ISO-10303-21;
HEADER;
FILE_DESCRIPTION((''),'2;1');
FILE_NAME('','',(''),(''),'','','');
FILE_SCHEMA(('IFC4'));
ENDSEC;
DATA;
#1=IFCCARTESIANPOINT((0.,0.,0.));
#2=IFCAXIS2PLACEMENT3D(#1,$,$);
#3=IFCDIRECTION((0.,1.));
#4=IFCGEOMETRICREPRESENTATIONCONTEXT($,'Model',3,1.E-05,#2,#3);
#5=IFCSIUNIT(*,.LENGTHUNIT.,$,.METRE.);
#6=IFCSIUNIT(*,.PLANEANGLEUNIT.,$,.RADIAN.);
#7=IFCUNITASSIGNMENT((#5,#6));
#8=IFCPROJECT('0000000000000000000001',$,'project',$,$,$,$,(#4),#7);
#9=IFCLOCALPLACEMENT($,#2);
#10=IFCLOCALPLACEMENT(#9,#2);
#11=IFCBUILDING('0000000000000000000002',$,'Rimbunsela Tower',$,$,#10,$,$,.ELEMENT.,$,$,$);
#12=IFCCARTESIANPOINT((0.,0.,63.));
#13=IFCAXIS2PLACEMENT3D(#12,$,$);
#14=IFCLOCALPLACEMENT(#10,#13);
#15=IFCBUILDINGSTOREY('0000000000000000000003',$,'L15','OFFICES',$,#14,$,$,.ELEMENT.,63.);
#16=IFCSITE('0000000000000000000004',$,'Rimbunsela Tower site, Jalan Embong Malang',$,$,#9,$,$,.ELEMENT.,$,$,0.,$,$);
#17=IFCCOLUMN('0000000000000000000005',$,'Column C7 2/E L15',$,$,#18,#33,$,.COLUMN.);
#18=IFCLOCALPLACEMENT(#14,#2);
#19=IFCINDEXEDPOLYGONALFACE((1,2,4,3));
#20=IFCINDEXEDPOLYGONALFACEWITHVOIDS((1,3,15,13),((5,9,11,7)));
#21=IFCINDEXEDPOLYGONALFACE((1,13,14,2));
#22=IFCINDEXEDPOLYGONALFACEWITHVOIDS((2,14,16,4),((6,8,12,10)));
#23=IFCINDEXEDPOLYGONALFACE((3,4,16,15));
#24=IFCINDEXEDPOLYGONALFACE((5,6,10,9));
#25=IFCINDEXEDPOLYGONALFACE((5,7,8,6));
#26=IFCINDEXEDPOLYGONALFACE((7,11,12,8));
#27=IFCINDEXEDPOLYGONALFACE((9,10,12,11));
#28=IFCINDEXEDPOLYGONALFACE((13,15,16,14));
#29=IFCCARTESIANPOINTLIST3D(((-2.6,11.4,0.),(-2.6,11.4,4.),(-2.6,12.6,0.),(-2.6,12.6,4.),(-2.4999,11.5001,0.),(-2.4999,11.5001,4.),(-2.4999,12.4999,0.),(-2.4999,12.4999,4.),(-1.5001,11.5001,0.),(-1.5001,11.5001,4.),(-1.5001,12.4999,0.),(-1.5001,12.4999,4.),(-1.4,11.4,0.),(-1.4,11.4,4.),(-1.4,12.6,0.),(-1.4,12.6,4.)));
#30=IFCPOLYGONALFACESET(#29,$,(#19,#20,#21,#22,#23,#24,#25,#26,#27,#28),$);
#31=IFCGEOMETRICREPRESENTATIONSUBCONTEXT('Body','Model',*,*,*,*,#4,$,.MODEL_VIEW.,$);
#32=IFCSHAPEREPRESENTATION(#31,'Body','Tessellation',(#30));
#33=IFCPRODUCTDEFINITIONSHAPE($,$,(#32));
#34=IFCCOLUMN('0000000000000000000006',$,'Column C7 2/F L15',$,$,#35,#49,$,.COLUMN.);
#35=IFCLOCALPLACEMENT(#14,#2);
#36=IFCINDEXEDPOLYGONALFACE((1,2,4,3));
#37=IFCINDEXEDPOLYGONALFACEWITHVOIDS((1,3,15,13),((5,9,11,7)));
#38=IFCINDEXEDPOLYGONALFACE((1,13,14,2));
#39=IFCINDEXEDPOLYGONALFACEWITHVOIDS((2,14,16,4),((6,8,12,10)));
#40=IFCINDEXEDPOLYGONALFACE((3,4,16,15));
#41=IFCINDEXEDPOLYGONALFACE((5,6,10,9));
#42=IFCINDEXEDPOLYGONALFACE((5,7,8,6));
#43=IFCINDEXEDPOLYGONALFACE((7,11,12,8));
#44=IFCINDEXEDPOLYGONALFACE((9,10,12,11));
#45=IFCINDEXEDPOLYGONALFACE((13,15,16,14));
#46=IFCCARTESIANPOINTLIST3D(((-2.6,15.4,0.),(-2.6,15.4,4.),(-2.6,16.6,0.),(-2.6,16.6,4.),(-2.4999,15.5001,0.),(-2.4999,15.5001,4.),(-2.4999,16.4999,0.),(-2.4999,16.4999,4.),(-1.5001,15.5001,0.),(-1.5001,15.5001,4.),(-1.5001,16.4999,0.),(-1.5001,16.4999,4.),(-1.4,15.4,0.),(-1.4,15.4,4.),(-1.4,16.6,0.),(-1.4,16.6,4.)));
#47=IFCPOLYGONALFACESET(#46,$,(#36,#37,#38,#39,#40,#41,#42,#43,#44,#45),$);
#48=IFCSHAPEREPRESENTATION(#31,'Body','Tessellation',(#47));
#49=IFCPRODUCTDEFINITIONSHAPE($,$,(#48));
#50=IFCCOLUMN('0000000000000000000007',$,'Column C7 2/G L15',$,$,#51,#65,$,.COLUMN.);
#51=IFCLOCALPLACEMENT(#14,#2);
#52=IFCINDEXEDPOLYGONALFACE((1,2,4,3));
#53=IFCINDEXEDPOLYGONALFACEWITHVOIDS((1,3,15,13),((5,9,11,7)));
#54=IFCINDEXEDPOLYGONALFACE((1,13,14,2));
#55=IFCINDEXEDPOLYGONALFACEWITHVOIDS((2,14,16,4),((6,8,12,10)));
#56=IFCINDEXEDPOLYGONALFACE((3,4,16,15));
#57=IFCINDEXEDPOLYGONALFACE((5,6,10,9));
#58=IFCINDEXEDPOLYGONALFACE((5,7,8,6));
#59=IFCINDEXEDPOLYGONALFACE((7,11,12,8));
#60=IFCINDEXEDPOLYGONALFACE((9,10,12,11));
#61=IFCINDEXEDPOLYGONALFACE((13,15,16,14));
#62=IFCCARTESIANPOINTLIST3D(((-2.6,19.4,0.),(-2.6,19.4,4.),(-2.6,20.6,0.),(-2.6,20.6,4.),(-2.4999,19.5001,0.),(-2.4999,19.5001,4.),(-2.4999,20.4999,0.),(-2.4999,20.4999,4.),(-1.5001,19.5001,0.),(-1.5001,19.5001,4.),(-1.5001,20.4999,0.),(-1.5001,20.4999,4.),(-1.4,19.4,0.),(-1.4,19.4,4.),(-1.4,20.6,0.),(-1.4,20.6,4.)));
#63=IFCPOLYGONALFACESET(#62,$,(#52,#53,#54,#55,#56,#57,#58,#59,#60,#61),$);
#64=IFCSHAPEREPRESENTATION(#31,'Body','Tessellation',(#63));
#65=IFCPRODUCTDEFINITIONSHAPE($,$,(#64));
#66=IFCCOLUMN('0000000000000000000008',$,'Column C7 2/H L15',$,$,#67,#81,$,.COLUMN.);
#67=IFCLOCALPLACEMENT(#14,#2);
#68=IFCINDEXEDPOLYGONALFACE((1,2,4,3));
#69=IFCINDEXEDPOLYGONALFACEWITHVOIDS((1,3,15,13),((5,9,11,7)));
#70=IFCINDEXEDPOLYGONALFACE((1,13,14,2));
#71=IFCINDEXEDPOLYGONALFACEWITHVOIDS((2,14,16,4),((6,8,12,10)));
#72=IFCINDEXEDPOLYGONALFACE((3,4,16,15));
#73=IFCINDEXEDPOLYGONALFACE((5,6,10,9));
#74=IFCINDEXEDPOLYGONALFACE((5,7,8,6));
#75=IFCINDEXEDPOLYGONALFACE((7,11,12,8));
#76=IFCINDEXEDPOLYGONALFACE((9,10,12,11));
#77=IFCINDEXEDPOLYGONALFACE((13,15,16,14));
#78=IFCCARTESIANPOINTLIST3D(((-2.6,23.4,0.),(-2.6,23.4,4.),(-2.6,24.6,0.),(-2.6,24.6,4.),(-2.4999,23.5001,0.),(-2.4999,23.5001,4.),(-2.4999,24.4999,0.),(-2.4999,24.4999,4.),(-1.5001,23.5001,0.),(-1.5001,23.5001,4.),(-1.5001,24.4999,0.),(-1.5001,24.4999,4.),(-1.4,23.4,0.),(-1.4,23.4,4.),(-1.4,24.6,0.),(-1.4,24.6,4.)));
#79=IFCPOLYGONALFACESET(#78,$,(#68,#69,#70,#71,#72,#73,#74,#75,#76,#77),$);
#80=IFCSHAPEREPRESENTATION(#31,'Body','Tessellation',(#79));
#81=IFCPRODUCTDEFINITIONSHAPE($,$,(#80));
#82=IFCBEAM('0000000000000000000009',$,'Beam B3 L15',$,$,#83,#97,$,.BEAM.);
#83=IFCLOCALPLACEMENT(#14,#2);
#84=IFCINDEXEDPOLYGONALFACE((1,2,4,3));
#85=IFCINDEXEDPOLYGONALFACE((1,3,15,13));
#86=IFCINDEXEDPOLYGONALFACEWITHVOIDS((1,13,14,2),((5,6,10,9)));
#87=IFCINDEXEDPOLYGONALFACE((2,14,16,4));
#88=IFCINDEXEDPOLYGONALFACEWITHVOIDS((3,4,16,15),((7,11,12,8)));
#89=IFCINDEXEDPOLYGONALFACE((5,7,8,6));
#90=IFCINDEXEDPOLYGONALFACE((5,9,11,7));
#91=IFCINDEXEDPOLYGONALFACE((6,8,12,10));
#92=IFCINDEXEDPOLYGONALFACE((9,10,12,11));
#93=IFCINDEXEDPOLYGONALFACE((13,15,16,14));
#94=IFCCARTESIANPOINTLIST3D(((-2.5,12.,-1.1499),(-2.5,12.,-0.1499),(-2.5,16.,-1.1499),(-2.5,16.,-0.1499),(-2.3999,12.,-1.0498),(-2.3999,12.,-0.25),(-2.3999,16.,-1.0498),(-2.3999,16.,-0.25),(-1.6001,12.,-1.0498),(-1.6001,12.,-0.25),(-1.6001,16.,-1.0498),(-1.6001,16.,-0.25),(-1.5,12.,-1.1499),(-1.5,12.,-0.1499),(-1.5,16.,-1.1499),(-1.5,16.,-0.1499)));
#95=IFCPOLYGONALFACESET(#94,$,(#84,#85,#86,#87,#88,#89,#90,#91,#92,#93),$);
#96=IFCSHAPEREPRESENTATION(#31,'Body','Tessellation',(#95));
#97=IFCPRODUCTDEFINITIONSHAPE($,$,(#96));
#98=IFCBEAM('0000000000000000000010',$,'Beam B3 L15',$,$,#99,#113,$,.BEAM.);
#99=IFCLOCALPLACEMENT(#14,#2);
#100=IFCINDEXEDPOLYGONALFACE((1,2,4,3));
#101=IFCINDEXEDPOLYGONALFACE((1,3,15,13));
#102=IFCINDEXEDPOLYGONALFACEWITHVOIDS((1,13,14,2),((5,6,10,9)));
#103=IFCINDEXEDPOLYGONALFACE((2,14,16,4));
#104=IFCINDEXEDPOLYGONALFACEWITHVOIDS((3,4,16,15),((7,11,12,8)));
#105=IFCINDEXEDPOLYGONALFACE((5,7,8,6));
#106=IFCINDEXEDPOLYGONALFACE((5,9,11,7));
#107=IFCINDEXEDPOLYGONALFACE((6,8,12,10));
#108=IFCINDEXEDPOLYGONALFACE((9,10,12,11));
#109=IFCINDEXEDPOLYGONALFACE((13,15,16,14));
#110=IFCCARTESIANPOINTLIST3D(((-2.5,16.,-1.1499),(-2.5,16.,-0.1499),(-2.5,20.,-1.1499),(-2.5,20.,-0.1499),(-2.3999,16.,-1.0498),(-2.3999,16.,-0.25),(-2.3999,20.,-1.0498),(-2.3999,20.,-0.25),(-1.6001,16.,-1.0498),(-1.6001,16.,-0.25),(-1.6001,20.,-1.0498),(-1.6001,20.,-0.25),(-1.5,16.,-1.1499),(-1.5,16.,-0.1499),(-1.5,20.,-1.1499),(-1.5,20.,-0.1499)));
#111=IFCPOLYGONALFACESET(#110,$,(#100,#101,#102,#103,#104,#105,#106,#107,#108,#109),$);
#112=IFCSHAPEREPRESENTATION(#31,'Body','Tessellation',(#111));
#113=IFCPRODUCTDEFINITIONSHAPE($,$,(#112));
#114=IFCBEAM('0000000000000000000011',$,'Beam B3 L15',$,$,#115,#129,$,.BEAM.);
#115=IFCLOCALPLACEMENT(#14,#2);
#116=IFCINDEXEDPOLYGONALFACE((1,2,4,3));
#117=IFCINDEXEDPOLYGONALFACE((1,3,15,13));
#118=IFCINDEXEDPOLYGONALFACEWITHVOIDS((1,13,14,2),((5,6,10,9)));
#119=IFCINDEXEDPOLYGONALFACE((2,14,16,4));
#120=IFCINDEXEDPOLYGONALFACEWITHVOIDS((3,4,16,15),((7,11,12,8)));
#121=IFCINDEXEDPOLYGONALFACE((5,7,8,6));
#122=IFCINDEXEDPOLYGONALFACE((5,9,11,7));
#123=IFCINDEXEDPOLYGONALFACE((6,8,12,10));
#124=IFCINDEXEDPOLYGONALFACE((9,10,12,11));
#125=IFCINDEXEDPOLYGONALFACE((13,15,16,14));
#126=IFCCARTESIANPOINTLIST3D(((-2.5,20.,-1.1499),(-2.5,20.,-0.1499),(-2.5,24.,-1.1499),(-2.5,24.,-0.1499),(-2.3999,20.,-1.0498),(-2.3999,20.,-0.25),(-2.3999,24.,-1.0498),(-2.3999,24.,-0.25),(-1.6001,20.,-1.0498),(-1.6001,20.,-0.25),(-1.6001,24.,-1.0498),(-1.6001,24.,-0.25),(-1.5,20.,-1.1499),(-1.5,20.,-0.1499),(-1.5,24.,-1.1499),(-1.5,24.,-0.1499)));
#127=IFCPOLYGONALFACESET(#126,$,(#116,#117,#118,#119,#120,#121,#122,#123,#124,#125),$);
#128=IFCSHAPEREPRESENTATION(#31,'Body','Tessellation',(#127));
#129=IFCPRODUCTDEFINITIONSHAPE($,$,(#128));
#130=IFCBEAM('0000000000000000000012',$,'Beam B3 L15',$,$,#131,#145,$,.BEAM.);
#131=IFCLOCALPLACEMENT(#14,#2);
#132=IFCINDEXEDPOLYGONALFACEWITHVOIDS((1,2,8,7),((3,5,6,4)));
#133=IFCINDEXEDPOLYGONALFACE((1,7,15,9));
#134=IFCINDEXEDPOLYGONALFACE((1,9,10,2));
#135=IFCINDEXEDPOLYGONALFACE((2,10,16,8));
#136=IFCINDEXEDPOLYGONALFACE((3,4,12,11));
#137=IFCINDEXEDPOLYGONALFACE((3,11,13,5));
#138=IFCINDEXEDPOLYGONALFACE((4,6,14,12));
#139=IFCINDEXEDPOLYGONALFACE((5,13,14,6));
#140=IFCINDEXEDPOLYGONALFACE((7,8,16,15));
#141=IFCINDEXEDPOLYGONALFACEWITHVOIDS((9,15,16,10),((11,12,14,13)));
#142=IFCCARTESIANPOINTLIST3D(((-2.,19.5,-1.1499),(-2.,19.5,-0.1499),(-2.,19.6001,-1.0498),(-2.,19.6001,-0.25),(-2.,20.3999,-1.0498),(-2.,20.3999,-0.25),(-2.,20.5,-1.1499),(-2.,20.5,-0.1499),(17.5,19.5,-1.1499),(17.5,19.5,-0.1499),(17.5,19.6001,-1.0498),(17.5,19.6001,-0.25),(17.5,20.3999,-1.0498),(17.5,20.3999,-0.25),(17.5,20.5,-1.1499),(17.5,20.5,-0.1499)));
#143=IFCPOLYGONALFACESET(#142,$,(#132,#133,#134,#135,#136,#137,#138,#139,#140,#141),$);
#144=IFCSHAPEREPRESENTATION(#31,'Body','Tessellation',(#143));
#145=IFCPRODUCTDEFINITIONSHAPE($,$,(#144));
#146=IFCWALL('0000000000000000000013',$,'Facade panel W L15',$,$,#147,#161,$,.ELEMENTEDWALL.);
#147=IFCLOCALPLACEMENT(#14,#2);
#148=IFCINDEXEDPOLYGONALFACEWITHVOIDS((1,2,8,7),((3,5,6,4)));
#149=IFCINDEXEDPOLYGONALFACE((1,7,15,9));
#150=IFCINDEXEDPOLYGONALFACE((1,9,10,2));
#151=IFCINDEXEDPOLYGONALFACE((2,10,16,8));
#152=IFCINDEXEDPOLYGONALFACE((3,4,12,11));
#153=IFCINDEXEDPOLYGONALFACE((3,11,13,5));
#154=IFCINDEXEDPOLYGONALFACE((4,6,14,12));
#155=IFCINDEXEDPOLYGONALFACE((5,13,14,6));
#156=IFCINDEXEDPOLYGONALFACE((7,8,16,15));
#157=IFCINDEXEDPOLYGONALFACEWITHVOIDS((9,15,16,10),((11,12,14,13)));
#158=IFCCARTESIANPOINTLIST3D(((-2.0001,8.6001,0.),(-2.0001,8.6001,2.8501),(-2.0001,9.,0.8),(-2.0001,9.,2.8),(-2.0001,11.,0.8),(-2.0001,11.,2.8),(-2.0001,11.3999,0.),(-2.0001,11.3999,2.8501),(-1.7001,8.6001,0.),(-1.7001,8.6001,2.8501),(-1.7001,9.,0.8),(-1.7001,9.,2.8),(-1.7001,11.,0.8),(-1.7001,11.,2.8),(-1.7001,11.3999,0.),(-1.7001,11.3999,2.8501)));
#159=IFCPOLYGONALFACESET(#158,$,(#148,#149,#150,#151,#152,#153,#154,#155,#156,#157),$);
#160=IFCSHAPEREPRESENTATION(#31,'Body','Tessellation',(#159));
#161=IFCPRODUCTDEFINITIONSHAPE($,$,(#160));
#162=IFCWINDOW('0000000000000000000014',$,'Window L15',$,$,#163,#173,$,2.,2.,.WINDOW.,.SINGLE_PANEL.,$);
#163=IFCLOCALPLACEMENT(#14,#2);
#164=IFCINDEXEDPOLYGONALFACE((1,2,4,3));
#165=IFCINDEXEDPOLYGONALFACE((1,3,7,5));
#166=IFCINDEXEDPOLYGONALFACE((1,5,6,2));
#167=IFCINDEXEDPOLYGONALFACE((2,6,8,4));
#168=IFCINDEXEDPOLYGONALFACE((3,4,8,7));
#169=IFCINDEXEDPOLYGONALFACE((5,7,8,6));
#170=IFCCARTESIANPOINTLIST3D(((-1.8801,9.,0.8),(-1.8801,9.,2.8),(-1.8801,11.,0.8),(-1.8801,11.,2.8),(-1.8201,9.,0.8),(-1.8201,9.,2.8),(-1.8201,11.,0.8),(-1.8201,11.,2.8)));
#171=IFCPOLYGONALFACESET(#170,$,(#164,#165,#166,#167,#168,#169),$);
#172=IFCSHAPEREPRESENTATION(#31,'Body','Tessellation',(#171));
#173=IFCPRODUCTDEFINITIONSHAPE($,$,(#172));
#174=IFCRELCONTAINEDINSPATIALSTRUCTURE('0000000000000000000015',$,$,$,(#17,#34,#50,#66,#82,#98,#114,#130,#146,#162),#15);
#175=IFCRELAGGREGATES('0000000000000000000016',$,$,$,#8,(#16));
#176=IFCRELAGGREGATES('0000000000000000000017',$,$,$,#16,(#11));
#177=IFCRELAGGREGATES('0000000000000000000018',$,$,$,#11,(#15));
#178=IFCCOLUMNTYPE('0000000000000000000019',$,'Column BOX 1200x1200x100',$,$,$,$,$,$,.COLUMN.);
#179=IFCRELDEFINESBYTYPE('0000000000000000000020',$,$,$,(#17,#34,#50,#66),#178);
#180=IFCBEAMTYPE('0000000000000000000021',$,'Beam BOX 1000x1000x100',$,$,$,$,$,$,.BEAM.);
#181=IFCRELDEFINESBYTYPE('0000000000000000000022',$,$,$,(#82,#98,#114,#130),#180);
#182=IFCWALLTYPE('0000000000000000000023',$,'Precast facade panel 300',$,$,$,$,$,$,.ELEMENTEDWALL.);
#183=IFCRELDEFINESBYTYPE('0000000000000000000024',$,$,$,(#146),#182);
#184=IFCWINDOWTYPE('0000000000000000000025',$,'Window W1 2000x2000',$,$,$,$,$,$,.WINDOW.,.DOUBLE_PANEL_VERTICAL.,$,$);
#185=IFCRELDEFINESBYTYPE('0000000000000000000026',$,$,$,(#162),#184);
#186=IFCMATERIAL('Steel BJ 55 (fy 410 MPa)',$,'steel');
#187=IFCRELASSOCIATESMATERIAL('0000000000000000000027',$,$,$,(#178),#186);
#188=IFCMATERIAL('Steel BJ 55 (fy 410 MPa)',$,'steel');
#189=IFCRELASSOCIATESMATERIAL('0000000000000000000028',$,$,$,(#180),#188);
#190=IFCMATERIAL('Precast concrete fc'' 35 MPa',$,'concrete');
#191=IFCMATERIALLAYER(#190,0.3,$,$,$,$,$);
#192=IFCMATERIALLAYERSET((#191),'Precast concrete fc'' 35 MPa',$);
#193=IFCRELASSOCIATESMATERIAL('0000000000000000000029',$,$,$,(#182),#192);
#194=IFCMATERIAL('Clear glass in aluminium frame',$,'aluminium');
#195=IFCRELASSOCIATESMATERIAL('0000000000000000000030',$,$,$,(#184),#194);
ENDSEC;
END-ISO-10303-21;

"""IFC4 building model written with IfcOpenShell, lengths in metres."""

from ifc_helpers import new_model, si_unit, direction, frame, frame_2d, origin, origin_2d, place, context, subcontext, project, spatial, rectangle, hollow_rectangle, extrude, material, layer, layer_set, material_profile, profile_set, type_object, element, fill, save


model = new_model("IFC4")

# Units and contexts
model_context = context("Model", 3, precision=1e-05, world=origin(), true_north=direction((0.0, 1.0)))
body_context = subcontext(model_context, "Body", "Model", "MODEL_VIEW")
ifc_project = project(units=[si_unit("LENGTHUNIT", "METRE"), si_unit("PLANEANGLEUNIT", "RADIAN")], contexts=[model_context])

# Site, building, storey
site_placement = place(None, origin())
site = spatial("IfcSite", under=ifc_project, at=site_placement, Name="Rimbunsela Tower site, Jalan Embong Malang", CompositionType="ELEMENT", RefElevation=0.0)
building_placement = place(site_placement, origin())
building = spatial("IfcBuilding", under=site, at=building_placement, Name="Rimbunsela Tower", CompositionType="ELEMENT")
storey_placement = place(building_placement, frame((0.0, 0.0, 63.0)))
storey = spatial("IfcBuildingStorey", under=building, at=storey_placement, Name="L15", Description="OFFICES", CompositionType="ELEMENT", Elevation=63.0)

# Columns
ifc_material_1 = material(Name="Steel BJ 55 (fy 410 MPa)", Category="steel")
ifc_material_profile_1 = material_profile(ifc_material_1, hollow_rectangle(XDim=1.2, YDim=1.2, WallThickness=0.1001, at=origin_2d()), Name="BOX 1200x1200x100")
ifc_profile_set_1 = profile_set([ifc_material_profile_1], Name="Steel BJ 55 (fy 410 MPa)")
column_type = type_object("IfcColumnType", Name="Column BOX 1200x1200x100", PredefinedType="COLUMN", material=ifc_profile_set_1)
for number, where, z_axis, x_axis, name in (
    (1, (-2.0, 12.0, 0.0), (0.0, 0.0, 1.0), (1.0, 0.0, 0.0), "Column C7 2/E L15"),
    (2, (-2.0, 16.0, 0.0), (0.0, 0.0, 1.0), (1.0, 0.0, 0.0), "Column C7 2/F L15"),
    (3, (-2.0, 20.0, 0.0), (0.0, 0.0, 1.0), (1.0, 0.0, 0.0), "Column C7 2/G L15"),
    (4, (-2.0, 24.0, 0.0), (0.0, 0.0, 1.0), (1.0, 0.0, 0.0), "Column C7 2/H L15"),
):
    element("IfcColumn", number, at=place(storey_placement, frame(where, z_axis=z_axis, x_axis=x_axis)), inside=storey, type_object=column_type, Name=name, PredefinedType="COLUMN", context=body_context, shape_type="SweptSolid", body=[
        extrude(hollow_rectangle(XDim=1.2, YDim=1.2, WallThickness=0.1001, at=origin_2d()), origin(), (0.0, 0.0, 1.0), 4.0),
    ])

# Beams
ifc_material_2 = material(Name="Steel BJ 55 (fy 410 MPa)", Category="steel")
ifc_material_profile_2 = material_profile(ifc_material_2, hollow_rectangle(XDim=1.0, YDim=1.0, WallThickness=0.1001, at=origin_2d()), Name="BOX 1000x1000x100")
ifc_profile_set_2 = profile_set([ifc_material_profile_2], Name="Steel BJ 55 (fy 410 MPa)")
beam_type = type_object("IfcBeamType", Name="Beam BOX 1000x1000x100", PredefinedType="BEAM", material=ifc_profile_set_2)
for number, where, z_axis, x_axis, name in (
    (5, (-2.0, 12.0, -0.6499), (0.0, 1.0, 0.0), (-1.0, 0.0, 0.0), "Beam B3 L15"),
    (6, (-2.0, 16.0, -0.6499), (0.0, 1.0, 0.0), (-1.0, 0.0, 0.0), "Beam B3 L15"),
    (7, (-2.0, 20.0, -0.6499), (0.0, 1.0, 0.0), (-1.0, 0.0, 0.0), "Beam B3 L15"),
):
    element("IfcBeam", number, at=place(storey_placement, frame(where, z_axis=z_axis, x_axis=x_axis)), inside=storey, type_object=beam_type, Name=name, PredefinedType="BEAM", context=body_context, shape_type="SweptSolid", body=[
        extrude(hollow_rectangle(XDim=1.0, YDim=1.0, WallThickness=0.1001, at=origin_2d()), origin(), (0.0, 0.0, 1.0), 4.0),
    ])
beam_placement = place(storey_placement, frame((-2.0, 20.0, -0.6499), z_axis=(1.0, 0.0, 0.0), x_axis=(0.0, 1.0, 0.0)))
element("IfcBeam", 8, at=beam_placement, inside=storey, type_object=beam_type, Name="Beam B3 L15", PredefinedType="BEAM", context=body_context, shape_type="SweptSolid", body=[
    extrude(hollow_rectangle(XDim=1.0, YDim=1.0, WallThickness=0.1001, at=origin_2d()), origin(), (0.0, 0.0, 1.0), 19.5),
])

# Wall, opening, window
ifc_material_3 = material(Name="Precast concrete fc' 35 MPa", Category="concrete")
ifc_layer_1 = layer(ifc_material_3, 0.3)
ifc_layer_set_1 = layer_set([ifc_layer_1], Name="Precast concrete fc' 35 MPa")
wall_type = type_object("IfcWallType", Name="Precast facade panel 300", PredefinedType="ELEMENTEDWALL", material=ifc_layer_set_1)
wall_1_placement = place(storey_placement, frame((-1.8501, 11.3999, 0.0), z_axis=(0.0, 0.0, 1.0), x_axis=(0.0, -1.0, 0.0)))
wall_1 = element("IfcWall", 9, at=wall_1_placement, inside=storey, type_object=wall_type, Name="Facade panel W L15", PredefinedType="ELEMENTEDWALL", context=body_context, shape_type="SweptSolid", body=[
    extrude(rectangle(XDim=2.7998, YDim=0.3, at=frame_2d((1.3999, 0.0))), origin(), (0.0, 0.0, 1.0), 2.8501),
])
opening_1_placement = place(wall_1_placement, frame((0.3999, 0.0, 0.8)))
opening_1 = element("IfcOpeningElement", 10, at=opening_1_placement, cuts=wall_1, PredefinedType="OPENING", context=body_context, shape_type="SweptSolid", body=[
    extrude(rectangle(XDim=2.0, YDim=2.0, at=frame_2d((1.0, 1.0))), frame((0.0, 0.1599, 0.0), z_axis=(0.0, -1.0, 0.0), x_axis=(1.0, 0.0, 0.0)), (0.0, 0.0, 1.0), 0.3201),
])
ifc_material_4 = material(Name="Clear glass in aluminium frame", Category="aluminium")
window_type = type_object("IfcWindowType", Name="Window W1 2000x2000", PartitioningType="DOUBLE_PANEL_VERTICAL", PredefinedType="WINDOW", material=ifc_material_4)
window_1_placement = place(opening_1_placement, origin())
window_1 = element("IfcWindow", 11, at=window_1_placement, inside=storey, type_object=window_type, Name="Window L15", OverallHeight=2.0, OverallWidth=2.0, PartitioningType="SINGLE_PANEL", PredefinedType="WINDOW", context=body_context, shape_type="SweptSolid", body=[
    extrude(rectangle(XDim=2.0, YDim=2.0, at=frame_2d((1.0, 1.0))), frame((0.0, 0.03, 0.0), z_axis=(0.0, -1.0, 0.0), x_axis=(1.0, 0.0, 0.0)), (0.0, 0.0, 1.0), 0.0601),
])
fill(opening_1, window_1)

save(model, "model.ifc")
